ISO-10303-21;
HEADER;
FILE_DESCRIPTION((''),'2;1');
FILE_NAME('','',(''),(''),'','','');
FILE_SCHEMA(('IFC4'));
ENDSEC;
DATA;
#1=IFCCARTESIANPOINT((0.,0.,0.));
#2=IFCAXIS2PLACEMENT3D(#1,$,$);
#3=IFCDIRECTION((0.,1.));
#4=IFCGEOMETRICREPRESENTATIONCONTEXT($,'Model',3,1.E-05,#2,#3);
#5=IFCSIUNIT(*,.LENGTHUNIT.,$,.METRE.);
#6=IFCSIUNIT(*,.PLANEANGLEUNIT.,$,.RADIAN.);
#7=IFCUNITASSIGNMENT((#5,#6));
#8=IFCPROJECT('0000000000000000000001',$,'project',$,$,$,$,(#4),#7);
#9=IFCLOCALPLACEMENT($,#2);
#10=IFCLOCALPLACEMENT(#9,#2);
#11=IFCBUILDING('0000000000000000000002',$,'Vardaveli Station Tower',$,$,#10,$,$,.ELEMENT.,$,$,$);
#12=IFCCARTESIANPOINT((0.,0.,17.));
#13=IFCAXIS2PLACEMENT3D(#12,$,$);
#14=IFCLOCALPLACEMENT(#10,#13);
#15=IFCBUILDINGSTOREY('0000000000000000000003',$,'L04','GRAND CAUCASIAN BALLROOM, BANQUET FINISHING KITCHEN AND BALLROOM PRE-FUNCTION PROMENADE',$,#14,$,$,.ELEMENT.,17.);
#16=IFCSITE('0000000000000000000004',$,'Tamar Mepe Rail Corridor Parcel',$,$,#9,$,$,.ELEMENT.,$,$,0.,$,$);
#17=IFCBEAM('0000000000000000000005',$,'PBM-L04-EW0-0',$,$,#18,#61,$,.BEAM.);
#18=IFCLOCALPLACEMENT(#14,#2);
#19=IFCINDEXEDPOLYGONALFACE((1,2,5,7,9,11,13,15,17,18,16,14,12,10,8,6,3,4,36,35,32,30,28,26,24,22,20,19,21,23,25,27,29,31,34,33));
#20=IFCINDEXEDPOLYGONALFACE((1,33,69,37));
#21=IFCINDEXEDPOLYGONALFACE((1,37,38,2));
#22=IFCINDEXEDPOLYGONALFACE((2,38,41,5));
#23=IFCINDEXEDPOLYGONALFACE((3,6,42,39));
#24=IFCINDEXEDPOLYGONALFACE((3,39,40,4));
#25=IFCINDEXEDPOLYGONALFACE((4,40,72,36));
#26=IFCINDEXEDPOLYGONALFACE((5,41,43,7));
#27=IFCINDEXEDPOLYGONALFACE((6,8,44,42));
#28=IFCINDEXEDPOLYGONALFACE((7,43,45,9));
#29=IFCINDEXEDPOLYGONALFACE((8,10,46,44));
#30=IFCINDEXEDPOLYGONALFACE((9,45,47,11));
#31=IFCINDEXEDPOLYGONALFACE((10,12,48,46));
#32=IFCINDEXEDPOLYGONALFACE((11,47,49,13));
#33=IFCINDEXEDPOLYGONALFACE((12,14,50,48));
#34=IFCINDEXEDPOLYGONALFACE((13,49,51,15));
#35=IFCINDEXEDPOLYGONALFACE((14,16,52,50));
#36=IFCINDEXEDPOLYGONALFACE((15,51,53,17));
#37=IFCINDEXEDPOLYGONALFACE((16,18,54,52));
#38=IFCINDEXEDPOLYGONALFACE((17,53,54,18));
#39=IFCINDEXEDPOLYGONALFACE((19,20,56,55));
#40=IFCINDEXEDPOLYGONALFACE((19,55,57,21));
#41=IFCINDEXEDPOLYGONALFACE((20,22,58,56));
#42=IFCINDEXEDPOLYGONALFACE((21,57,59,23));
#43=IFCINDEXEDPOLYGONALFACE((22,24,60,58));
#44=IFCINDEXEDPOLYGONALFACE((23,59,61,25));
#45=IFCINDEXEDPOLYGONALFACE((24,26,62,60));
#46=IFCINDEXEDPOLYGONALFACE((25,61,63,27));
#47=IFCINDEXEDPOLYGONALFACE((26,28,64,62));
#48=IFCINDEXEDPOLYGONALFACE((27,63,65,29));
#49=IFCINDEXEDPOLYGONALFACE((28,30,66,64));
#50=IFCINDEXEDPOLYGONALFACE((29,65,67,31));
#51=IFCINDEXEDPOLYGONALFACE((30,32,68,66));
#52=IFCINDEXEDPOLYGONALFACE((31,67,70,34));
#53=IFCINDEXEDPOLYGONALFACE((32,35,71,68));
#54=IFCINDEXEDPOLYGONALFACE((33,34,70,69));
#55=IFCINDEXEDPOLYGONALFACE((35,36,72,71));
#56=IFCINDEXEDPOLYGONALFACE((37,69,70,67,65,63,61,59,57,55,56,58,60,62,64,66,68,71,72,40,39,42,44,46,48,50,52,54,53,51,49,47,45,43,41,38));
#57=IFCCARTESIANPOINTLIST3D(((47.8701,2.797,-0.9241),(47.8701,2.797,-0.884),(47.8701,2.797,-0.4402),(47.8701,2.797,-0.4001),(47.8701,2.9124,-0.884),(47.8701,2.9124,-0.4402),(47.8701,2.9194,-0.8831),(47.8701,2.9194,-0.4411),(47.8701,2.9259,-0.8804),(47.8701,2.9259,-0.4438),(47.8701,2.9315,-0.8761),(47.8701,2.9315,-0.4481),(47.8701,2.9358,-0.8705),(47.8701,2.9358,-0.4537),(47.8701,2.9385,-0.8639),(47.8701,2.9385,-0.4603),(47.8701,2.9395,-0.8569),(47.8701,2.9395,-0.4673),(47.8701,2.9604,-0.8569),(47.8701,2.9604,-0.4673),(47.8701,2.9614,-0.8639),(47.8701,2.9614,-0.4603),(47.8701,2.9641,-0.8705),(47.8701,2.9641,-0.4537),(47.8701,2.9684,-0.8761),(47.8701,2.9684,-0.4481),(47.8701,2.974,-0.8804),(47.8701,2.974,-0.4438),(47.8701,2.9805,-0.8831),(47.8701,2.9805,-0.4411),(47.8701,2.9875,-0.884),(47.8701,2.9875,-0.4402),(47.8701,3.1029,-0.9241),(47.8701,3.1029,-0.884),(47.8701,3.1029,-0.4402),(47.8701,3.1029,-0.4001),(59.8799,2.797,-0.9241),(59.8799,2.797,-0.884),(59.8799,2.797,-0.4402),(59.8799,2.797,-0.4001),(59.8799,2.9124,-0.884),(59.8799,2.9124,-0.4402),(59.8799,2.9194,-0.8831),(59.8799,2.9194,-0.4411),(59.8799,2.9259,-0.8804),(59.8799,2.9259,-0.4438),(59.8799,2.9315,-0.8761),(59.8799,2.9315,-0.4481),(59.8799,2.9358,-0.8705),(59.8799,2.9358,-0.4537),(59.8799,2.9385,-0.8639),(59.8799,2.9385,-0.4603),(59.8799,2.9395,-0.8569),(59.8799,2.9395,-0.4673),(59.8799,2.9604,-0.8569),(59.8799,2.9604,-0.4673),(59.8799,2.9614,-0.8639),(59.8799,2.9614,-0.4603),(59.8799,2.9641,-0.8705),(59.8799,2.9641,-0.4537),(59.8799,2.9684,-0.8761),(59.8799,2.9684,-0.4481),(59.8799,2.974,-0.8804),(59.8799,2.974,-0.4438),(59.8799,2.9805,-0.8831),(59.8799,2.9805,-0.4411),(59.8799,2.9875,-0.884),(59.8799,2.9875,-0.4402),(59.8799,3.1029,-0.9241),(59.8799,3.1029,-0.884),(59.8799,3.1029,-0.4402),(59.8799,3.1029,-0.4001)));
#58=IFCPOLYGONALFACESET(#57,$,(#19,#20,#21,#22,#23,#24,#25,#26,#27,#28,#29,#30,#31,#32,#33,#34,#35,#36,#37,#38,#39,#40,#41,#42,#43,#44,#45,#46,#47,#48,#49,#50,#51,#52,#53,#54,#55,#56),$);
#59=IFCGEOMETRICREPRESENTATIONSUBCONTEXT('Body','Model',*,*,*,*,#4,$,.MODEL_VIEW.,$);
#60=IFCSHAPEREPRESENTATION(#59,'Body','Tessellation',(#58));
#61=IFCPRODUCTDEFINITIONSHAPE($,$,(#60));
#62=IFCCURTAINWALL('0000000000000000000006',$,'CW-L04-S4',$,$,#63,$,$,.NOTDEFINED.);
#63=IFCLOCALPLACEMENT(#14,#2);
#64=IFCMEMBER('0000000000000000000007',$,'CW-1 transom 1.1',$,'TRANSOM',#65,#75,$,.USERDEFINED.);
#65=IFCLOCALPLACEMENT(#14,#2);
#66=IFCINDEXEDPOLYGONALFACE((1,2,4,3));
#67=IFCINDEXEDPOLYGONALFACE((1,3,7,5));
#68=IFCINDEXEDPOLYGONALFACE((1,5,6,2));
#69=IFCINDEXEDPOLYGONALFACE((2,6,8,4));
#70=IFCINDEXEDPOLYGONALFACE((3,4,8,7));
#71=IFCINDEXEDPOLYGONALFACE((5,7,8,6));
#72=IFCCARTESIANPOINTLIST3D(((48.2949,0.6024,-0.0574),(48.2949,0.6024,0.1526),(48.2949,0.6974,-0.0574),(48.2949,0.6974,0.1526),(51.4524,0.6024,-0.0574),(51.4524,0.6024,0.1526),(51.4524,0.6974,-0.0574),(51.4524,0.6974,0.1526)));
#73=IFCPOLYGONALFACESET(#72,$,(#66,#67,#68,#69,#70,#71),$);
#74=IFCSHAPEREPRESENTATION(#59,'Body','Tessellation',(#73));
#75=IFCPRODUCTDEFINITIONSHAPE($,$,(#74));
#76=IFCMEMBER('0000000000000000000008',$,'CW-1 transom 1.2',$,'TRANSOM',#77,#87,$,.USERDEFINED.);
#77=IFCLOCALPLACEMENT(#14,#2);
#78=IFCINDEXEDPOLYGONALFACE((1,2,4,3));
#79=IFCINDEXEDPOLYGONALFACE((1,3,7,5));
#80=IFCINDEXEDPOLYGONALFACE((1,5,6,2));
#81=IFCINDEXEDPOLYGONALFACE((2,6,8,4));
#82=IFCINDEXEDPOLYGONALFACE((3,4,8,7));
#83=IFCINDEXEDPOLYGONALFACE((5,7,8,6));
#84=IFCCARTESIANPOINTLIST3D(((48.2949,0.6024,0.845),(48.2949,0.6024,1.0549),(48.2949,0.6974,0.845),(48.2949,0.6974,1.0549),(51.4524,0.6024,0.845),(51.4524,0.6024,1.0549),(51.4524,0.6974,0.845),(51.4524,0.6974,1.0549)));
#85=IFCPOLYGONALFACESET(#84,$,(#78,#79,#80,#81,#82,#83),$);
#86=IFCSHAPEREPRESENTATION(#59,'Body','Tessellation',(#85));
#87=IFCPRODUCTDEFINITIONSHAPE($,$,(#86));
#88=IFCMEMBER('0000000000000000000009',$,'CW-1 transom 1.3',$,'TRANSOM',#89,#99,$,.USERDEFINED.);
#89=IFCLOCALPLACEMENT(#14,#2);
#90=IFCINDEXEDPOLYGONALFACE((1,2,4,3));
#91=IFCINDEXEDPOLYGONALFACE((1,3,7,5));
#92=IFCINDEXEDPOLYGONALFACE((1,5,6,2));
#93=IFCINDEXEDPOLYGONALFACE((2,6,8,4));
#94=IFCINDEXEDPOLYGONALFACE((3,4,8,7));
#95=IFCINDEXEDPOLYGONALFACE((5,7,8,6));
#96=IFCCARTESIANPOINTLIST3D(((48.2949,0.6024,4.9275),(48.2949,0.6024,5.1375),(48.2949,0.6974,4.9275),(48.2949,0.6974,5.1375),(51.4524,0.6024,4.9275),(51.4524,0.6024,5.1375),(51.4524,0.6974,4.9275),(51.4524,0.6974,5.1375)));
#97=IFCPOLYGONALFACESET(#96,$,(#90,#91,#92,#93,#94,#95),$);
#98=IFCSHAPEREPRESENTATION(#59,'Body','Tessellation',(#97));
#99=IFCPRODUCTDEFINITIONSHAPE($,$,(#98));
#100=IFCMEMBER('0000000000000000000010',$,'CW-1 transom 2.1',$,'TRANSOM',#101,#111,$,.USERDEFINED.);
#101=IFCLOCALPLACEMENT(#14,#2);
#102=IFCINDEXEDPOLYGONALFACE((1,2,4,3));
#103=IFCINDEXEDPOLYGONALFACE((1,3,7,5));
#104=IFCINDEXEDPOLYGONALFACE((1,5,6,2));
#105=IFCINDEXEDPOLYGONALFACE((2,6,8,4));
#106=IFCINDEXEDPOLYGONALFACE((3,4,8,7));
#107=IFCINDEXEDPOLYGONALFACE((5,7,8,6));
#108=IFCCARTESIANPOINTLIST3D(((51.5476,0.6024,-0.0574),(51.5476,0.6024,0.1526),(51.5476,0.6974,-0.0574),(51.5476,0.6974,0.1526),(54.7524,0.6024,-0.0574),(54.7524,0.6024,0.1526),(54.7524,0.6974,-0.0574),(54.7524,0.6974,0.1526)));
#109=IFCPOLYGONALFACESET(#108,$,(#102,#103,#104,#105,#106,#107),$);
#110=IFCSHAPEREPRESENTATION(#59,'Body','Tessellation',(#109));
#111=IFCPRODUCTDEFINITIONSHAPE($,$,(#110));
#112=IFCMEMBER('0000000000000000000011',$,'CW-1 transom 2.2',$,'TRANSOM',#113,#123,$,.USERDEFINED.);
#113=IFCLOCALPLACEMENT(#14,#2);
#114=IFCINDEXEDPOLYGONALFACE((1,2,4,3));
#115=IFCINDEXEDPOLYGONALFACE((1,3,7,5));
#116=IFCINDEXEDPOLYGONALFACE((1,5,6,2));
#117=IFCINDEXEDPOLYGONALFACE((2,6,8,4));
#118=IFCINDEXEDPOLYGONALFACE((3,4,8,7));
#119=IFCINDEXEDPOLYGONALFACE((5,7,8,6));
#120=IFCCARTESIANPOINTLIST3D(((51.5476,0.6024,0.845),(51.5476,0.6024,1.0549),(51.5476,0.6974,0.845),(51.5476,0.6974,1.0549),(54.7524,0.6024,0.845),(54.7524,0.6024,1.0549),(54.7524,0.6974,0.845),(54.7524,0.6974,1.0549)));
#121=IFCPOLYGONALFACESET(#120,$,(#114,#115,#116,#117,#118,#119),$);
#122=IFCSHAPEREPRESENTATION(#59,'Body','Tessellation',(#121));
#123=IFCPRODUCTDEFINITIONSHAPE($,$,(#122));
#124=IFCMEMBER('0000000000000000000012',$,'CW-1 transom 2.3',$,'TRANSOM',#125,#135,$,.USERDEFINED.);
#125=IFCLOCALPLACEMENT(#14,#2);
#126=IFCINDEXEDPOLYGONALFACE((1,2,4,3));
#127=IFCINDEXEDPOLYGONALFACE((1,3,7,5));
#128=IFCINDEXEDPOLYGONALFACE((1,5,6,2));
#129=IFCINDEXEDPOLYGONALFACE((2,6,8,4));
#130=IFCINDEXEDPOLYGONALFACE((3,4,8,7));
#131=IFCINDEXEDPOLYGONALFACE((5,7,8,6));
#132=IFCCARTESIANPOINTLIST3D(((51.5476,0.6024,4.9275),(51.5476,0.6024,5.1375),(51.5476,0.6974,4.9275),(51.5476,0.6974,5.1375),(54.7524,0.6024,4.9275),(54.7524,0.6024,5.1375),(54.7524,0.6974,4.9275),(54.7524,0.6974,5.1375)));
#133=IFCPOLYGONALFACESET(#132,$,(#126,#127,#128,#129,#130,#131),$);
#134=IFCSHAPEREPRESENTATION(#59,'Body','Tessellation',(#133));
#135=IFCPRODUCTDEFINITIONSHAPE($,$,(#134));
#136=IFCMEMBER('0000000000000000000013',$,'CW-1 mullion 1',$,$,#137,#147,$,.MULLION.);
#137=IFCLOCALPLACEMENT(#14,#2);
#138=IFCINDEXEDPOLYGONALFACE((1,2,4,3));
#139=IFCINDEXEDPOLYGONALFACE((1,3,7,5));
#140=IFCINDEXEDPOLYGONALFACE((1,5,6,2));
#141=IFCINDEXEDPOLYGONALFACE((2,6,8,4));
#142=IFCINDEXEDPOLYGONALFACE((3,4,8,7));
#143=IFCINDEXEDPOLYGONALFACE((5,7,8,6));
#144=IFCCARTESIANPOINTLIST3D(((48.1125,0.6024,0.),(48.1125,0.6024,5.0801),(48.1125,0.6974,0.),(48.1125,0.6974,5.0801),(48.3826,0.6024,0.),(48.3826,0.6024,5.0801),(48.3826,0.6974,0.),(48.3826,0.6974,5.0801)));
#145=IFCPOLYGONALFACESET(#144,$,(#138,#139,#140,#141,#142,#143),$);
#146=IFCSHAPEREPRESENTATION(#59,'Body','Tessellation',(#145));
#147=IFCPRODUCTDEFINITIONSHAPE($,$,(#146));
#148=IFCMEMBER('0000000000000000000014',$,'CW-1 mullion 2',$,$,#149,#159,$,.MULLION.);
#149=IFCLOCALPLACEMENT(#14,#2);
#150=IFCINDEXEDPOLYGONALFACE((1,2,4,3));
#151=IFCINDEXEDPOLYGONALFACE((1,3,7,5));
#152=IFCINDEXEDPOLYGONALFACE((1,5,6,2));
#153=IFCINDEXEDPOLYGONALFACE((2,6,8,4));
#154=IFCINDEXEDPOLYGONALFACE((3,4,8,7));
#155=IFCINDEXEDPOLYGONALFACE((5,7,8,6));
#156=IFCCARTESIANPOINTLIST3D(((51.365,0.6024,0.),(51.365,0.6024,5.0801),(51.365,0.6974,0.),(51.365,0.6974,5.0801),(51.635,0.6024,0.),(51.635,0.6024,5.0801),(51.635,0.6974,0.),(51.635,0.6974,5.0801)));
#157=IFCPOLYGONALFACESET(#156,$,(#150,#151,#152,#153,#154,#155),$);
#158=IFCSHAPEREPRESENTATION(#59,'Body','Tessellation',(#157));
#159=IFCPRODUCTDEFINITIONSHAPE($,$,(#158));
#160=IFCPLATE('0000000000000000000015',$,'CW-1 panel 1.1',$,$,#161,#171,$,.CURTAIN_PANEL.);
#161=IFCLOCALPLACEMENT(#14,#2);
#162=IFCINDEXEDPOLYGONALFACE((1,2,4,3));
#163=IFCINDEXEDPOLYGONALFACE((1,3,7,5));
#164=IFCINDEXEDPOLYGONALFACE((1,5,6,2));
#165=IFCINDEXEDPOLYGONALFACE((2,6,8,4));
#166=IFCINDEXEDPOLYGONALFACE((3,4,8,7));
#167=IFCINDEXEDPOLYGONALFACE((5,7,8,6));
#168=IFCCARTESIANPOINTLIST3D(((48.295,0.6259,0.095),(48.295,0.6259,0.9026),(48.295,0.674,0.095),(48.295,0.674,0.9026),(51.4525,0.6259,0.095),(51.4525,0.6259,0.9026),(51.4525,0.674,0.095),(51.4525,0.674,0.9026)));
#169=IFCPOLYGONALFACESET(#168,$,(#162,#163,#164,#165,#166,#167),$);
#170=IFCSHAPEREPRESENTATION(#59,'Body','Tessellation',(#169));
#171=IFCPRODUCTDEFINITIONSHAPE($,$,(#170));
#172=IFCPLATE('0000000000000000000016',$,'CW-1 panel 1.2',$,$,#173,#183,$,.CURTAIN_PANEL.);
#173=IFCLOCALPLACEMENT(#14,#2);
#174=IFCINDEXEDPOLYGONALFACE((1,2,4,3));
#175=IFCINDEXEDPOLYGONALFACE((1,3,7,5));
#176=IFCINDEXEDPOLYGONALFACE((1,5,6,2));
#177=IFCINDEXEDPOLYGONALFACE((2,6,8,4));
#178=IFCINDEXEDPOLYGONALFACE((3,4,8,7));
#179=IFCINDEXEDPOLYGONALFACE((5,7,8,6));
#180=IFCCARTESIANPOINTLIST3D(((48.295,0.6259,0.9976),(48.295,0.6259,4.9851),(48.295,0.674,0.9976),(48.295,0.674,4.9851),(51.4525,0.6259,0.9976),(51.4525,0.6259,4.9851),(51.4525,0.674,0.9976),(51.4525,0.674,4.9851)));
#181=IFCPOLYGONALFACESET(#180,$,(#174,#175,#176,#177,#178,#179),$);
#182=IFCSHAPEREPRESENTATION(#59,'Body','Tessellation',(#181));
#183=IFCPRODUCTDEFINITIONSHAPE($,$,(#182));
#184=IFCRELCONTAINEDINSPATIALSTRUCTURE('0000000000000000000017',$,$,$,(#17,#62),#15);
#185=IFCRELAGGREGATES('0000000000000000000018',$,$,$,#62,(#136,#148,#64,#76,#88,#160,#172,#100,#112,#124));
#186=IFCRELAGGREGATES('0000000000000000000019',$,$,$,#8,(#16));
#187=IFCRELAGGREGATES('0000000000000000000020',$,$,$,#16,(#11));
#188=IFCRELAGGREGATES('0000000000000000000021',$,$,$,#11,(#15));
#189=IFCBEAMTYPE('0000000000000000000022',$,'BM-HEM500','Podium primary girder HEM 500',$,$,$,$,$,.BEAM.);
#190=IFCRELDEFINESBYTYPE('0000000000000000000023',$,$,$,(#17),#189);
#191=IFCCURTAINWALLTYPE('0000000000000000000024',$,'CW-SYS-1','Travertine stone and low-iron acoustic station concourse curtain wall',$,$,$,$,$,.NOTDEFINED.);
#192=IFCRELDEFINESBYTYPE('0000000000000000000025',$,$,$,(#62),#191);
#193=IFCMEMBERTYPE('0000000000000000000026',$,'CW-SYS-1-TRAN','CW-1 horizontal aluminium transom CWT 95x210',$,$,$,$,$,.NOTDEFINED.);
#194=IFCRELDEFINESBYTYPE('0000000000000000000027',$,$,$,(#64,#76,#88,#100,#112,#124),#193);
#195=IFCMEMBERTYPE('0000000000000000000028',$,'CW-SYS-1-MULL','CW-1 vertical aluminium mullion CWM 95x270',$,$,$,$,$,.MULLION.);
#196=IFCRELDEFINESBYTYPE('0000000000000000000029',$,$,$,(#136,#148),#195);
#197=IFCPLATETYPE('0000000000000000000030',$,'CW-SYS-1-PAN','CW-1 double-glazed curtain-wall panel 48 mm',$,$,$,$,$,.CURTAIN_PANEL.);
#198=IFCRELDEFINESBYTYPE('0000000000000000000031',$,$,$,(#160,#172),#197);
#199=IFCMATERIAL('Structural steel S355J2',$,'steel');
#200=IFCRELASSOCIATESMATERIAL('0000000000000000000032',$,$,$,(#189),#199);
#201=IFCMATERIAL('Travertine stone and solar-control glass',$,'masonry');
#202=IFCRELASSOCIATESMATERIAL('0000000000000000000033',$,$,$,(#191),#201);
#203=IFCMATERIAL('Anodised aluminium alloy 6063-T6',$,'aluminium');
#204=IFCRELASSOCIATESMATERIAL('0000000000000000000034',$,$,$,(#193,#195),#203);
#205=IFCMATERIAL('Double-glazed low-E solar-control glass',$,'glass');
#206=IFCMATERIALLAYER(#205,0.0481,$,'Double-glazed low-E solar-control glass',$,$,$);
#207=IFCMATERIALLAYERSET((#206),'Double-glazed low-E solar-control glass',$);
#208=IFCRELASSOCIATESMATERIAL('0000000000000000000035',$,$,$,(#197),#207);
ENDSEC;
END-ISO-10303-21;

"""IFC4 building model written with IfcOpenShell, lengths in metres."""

from ifc_helpers import new_model, si_unit, direction, frame, origin, origin_2d, place, context, subcontext, project, spatial, rectangle, i_section, extrude, source, transform, mapped, material, layer, layer_set, material_profile, profile_set, type_object, element, aggregate, save


model = new_model("IFC4")

# Units and contexts
model_context = context("Model", 3, precision=1e-05, world=origin(), true_north=direction((0.0, 1.0)))
body_context = subcontext(model_context, "Body", "Model", "MODEL_VIEW")
ifc_project = project(units=[si_unit("LENGTHUNIT", "METRE"), si_unit("PLANEANGLEUNIT", "RADIAN")], contexts=[model_context])

# Site, building, storey
site_placement = place(None, origin())
site = spatial("IfcSite", under=ifc_project, at=site_placement, Name="Tamar Mepe Rail Corridor Parcel", CompositionType="ELEMENT", RefElevation=0.0)
building_placement = place(site_placement, origin())
building = spatial("IfcBuilding", under=site, at=building_placement, Name="Vardaveli Station Tower", CompositionType="ELEMENT")
storey_placement = place(building_placement, frame((0.0, 0.0, 17.0)))
storey = spatial("IfcBuildingStorey", under=building, at=storey_placement, Name="L04", Description="GRAND CAUCASIAN BALLROOM, BANQUET FINISHING KITCHEN AND BALLROOM PRE-FUNCTION PROMENADE", CompositionType="ELEMENT", Elevation=17.0)

# Beam
ifc_material_1 = material(Name="Structural steel S355J2", Category="steel")
ifc_material_profile_1 = material_profile(ifc_material_1, i_section(OverallWidth=0.3059, OverallDepth=0.5239, WebThickness=0.021, FlangeThickness=0.04, FilletRadius=0.0271, at=origin_2d()), Name="HEM 500")
ifc_profile_set_1 = profile_set([ifc_material_profile_1], Name="Structural steel S355J2")
beam_type = type_object("IfcBeamType", Name="BM-HEM500", Description="Podium primary girder HEM 500", PredefinedType="BEAM", material=ifc_profile_set_1)
shared_shape_1 = source(origin(), body_context, "Body", "SweptSolid", [
    extrude(i_section(OverallWidth=0.3059, OverallDepth=0.5239, WebThickness=0.021, FlangeThickness=0.04, FilletRadius=0.0271, at=origin_2d()), origin(), (0.0, 0.0, 1.0), 12.0098),
])
beam_placement = place(storey_placement, frame((47.8701, 2.95, -0.6621), z_axis=(1.0, 0.0, 0.0), x_axis=(0.0, 1.0, 0.0)))
element("IfcBeam", 1, at=beam_placement, inside=storey, type_object=beam_type, Name="PBM-L04-EW0-0", PredefinedType="BEAM", context=body_context, shape_type="MappedRepresentation", body=[
    mapped(shared_shape_1, transform((0.0, 0.0, 0.0), scale=1.0)),
])

# Curtain wall, members, plates
ifc_material_2 = material(Name="Travertine stone and solar-control glass", Category="masonry")
curtain_wall_type = type_object("IfcCurtainWallType", Name="CW-SYS-1", Description="Travertine stone and low-iron acoustic station concourse curtain wall", PredefinedType="NOTDEFINED", material=ifc_material_2)
curtain_wall_placement = place(storey_placement, origin())
curtain_wall = element("IfcCurtainWall", 2, at=curtain_wall_placement, inside=storey, type_object=curtain_wall_type, Name="CW-L04-S4", PredefinedType="NOTDEFINED")
ifc_material_3 = material(Name="Anodised aluminium alloy 6063-T6", Category="aluminium")
ifc_material_profile_2 = material_profile(ifc_material_3, rectangle(XDim=0.095, YDim=0.21, at=origin_2d()), Name="CWT 95x210")
ifc_profile_set_2 = profile_set([ifc_material_profile_2], Name="Anodised aluminium alloy 6063-T6")
member_type_1 = type_object("IfcMemberType", Name="CW-SYS-1-TRAN", Description="CW-1 horizontal aluminium transom CWT 95x210", PredefinedType="NOTDEFINED", material=ifc_profile_set_2)
shared_shape_2 = source(origin(), body_context, "Body", "SweptSolid", [
    extrude(rectangle(XDim=0.095, YDim=0.21, at=origin_2d()), origin(), (0.0, 0.0, 1.0), 3.1575),
])
member_1_placement = place(storey_placement, frame((48.2949, 0.6499, 0.0476), z_axis=(1.0, 0.0, 0.0), x_axis=(0.0, 1.0, 0.0)))
member_1 = element("IfcMember", 3, at=member_1_placement, type_object=member_type_1, Name="CW-1 transom 1.1", ObjectType="TRANSOM", PredefinedType="USERDEFINED", context=body_context, shape_type="MappedRepresentation", body=[
    mapped(shared_shape_2, transform((0.0, 0.0, 0.0), scale=1.0)),
])
member_2_placement = place(storey_placement, frame((48.2949, 0.6499, 0.95), z_axis=(1.0, 0.0, 0.0), x_axis=(0.0, 1.0, 0.0)))
member_2 = element("IfcMember", 4, at=member_2_placement, type_object=member_type_1, Name="CW-1 transom 1.2", ObjectType="TRANSOM", PredefinedType="USERDEFINED", context=body_context, shape_type="MappedRepresentation", body=[
    mapped(shared_shape_2, transform((0.0, 0.0, 0.0), scale=1.0)),
])
member_3_placement = place(storey_placement, frame((48.2949, 0.6499, 5.0325), z_axis=(1.0, 0.0, 0.0), x_axis=(0.0, 1.0, 0.0)))
member_3 = element("IfcMember", 5, at=member_3_placement, type_object=member_type_1, Name="CW-1 transom 1.3", ObjectType="TRANSOM", PredefinedType="USERDEFINED", context=body_context, shape_type="MappedRepresentation", body=[
    mapped(shared_shape_2, transform((0.0, 0.0, 0.0), scale=1.0)),
])
shared_shape_3 = source(origin(), body_context, "Body", "SweptSolid", [
    extrude(rectangle(XDim=0.095, YDim=0.21, at=origin_2d()), origin(), (0.0, 0.0, 1.0), 3.2048),
])
member_4_placement = place(storey_placement, frame((51.5476, 0.6499, 0.0476), z_axis=(1.0, 0.0, 0.0), x_axis=(0.0, 1.0, 0.0)))
member_4 = element("IfcMember", 6, at=member_4_placement, type_object=member_type_1, Name="CW-1 transom 2.1", ObjectType="TRANSOM", PredefinedType="USERDEFINED", context=body_context, shape_type="MappedRepresentation", body=[
    mapped(shared_shape_3, transform((0.0, 0.0, 0.0), scale=1.0)),
])
member_5_placement = place(storey_placement, frame((51.5476, 0.6499, 0.95), z_axis=(1.0, 0.0, 0.0), x_axis=(0.0, 1.0, 0.0)))
member_5 = element("IfcMember", 7, at=member_5_placement, type_object=member_type_1, Name="CW-1 transom 2.2", ObjectType="TRANSOM", PredefinedType="USERDEFINED", context=body_context, shape_type="MappedRepresentation", body=[
    mapped(shared_shape_3, transform((0.0, 0.0, 0.0), scale=1.0)),
])
member_6_placement = place(storey_placement, frame((51.5476, 0.6499, 5.0325), z_axis=(1.0, 0.0, 0.0), x_axis=(0.0, 1.0, 0.0)))
member_6 = element("IfcMember", 8, at=member_6_placement, type_object=member_type_1, Name="CW-1 transom 2.3", ObjectType="TRANSOM", PredefinedType="USERDEFINED", context=body_context, shape_type="MappedRepresentation", body=[
    mapped(shared_shape_3, transform((0.0, 0.0, 0.0), scale=1.0)),
])
ifc_material_profile_3 = material_profile(ifc_material_3, rectangle(XDim=0.095, YDim=0.27, at=origin_2d()), Name="CWM 95x270")
ifc_profile_set_3 = profile_set([ifc_material_profile_3], Name="Anodised aluminium alloy 6063-T6")
member_type_2 = type_object("IfcMemberType", Name="CW-SYS-1-MULL", Description="CW-1 vertical aluminium mullion CWM 95x270", PredefinedType="MULLION", material=ifc_profile_set_3)
shared_shape_4 = source(origin(), body_context, "Body", "SweptSolid", [
    extrude(rectangle(XDim=0.095, YDim=0.27, at=origin_2d()), origin(), (0.0, 0.0, 1.0), 5.0801),
])
member_7_placement = place(storey_placement, frame((48.2476, 0.6499, 0.0), z_axis=(0.0, 0.0, 1.0), x_axis=(0.0, 1.0, 0.0)))
member_7 = element("IfcMember", 9, at=member_7_placement, type_object=member_type_2, Name="CW-1 mullion 1", PredefinedType="MULLION", context=body_context, shape_type="MappedRepresentation", body=[
    mapped(shared_shape_4, transform((0.0, 0.0, 0.0), scale=1.0)),
])
member_8_placement = place(storey_placement, frame((51.5, 0.6499, 0.0), z_axis=(0.0, 0.0, 1.0), x_axis=(0.0, 1.0, 0.0)))
member_8 = element("IfcMember", 10, at=member_8_placement, type_object=member_type_2, Name="CW-1 mullion 2", PredefinedType="MULLION", context=body_context, shape_type="MappedRepresentation", body=[
    mapped(shared_shape_4, transform((0.0, 0.0, 0.0), scale=1.0)),
])
ifc_material_4 = material(Name="Double-glazed low-E solar-control glass", Category="glass")
ifc_layer_1 = layer(ifc_material_4, 0.0481, Name="Double-glazed low-E solar-control glass")
ifc_layer_set_1 = layer_set([ifc_layer_1], Name="Double-glazed low-E solar-control glass")
plate_type = type_object("IfcPlateType", Name="CW-SYS-1-PAN", Description="CW-1 double-glazed curtain-wall panel 48 mm", PredefinedType="CURTAIN_PANEL", material=ifc_layer_set_1)
shared_shape_5 = source(origin(), body_context, "Body", "SweptSolid", [
    extrude(rectangle(XDim=3.1575, YDim=0.0481, at=origin_2d()), origin(), (0.0, 0.0, 1.0), 0.8076),
])
plate_1_placement = place(storey_placement, frame((49.8738, 0.6499, 0.095), z_axis=(0.0, 0.0, 1.0), x_axis=(1.0, 0.0, 0.0)))
plate_1 = element("IfcPlate", 11, at=plate_1_placement, type_object=plate_type, Name="CW-1 panel 1.1", PredefinedType="CURTAIN_PANEL", context=body_context, shape_type="MappedRepresentation", body=[
    mapped(shared_shape_5, transform((0.0, 0.0, 0.0), scale=1.0)),
])
shared_shape_6 = source(origin(), body_context, "Body", "SweptSolid", [
    extrude(rectangle(XDim=3.1575, YDim=0.0481, at=origin_2d()), origin(), (0.0, 0.0, 1.0), 3.9875),
])
plate_2_placement = place(storey_placement, frame((49.8738, 0.6499, 0.9976), z_axis=(0.0, 0.0, 1.0), x_axis=(1.0, 0.0, 0.0)))
plate_2 = element("IfcPlate", 12, at=plate_2_placement, type_object=plate_type, Name="CW-1 panel 1.2", PredefinedType="CURTAIN_PANEL", context=body_context, shape_type="MappedRepresentation", body=[
    mapped(shared_shape_6, transform((0.0, 0.0, 0.0), scale=1.0)),
])
aggregate(curtain_wall, [member_7, member_8, member_1, member_2, member_3, plate_1, plate_2, member_4, member_5, member_6])

save(model, "model.ifc")
